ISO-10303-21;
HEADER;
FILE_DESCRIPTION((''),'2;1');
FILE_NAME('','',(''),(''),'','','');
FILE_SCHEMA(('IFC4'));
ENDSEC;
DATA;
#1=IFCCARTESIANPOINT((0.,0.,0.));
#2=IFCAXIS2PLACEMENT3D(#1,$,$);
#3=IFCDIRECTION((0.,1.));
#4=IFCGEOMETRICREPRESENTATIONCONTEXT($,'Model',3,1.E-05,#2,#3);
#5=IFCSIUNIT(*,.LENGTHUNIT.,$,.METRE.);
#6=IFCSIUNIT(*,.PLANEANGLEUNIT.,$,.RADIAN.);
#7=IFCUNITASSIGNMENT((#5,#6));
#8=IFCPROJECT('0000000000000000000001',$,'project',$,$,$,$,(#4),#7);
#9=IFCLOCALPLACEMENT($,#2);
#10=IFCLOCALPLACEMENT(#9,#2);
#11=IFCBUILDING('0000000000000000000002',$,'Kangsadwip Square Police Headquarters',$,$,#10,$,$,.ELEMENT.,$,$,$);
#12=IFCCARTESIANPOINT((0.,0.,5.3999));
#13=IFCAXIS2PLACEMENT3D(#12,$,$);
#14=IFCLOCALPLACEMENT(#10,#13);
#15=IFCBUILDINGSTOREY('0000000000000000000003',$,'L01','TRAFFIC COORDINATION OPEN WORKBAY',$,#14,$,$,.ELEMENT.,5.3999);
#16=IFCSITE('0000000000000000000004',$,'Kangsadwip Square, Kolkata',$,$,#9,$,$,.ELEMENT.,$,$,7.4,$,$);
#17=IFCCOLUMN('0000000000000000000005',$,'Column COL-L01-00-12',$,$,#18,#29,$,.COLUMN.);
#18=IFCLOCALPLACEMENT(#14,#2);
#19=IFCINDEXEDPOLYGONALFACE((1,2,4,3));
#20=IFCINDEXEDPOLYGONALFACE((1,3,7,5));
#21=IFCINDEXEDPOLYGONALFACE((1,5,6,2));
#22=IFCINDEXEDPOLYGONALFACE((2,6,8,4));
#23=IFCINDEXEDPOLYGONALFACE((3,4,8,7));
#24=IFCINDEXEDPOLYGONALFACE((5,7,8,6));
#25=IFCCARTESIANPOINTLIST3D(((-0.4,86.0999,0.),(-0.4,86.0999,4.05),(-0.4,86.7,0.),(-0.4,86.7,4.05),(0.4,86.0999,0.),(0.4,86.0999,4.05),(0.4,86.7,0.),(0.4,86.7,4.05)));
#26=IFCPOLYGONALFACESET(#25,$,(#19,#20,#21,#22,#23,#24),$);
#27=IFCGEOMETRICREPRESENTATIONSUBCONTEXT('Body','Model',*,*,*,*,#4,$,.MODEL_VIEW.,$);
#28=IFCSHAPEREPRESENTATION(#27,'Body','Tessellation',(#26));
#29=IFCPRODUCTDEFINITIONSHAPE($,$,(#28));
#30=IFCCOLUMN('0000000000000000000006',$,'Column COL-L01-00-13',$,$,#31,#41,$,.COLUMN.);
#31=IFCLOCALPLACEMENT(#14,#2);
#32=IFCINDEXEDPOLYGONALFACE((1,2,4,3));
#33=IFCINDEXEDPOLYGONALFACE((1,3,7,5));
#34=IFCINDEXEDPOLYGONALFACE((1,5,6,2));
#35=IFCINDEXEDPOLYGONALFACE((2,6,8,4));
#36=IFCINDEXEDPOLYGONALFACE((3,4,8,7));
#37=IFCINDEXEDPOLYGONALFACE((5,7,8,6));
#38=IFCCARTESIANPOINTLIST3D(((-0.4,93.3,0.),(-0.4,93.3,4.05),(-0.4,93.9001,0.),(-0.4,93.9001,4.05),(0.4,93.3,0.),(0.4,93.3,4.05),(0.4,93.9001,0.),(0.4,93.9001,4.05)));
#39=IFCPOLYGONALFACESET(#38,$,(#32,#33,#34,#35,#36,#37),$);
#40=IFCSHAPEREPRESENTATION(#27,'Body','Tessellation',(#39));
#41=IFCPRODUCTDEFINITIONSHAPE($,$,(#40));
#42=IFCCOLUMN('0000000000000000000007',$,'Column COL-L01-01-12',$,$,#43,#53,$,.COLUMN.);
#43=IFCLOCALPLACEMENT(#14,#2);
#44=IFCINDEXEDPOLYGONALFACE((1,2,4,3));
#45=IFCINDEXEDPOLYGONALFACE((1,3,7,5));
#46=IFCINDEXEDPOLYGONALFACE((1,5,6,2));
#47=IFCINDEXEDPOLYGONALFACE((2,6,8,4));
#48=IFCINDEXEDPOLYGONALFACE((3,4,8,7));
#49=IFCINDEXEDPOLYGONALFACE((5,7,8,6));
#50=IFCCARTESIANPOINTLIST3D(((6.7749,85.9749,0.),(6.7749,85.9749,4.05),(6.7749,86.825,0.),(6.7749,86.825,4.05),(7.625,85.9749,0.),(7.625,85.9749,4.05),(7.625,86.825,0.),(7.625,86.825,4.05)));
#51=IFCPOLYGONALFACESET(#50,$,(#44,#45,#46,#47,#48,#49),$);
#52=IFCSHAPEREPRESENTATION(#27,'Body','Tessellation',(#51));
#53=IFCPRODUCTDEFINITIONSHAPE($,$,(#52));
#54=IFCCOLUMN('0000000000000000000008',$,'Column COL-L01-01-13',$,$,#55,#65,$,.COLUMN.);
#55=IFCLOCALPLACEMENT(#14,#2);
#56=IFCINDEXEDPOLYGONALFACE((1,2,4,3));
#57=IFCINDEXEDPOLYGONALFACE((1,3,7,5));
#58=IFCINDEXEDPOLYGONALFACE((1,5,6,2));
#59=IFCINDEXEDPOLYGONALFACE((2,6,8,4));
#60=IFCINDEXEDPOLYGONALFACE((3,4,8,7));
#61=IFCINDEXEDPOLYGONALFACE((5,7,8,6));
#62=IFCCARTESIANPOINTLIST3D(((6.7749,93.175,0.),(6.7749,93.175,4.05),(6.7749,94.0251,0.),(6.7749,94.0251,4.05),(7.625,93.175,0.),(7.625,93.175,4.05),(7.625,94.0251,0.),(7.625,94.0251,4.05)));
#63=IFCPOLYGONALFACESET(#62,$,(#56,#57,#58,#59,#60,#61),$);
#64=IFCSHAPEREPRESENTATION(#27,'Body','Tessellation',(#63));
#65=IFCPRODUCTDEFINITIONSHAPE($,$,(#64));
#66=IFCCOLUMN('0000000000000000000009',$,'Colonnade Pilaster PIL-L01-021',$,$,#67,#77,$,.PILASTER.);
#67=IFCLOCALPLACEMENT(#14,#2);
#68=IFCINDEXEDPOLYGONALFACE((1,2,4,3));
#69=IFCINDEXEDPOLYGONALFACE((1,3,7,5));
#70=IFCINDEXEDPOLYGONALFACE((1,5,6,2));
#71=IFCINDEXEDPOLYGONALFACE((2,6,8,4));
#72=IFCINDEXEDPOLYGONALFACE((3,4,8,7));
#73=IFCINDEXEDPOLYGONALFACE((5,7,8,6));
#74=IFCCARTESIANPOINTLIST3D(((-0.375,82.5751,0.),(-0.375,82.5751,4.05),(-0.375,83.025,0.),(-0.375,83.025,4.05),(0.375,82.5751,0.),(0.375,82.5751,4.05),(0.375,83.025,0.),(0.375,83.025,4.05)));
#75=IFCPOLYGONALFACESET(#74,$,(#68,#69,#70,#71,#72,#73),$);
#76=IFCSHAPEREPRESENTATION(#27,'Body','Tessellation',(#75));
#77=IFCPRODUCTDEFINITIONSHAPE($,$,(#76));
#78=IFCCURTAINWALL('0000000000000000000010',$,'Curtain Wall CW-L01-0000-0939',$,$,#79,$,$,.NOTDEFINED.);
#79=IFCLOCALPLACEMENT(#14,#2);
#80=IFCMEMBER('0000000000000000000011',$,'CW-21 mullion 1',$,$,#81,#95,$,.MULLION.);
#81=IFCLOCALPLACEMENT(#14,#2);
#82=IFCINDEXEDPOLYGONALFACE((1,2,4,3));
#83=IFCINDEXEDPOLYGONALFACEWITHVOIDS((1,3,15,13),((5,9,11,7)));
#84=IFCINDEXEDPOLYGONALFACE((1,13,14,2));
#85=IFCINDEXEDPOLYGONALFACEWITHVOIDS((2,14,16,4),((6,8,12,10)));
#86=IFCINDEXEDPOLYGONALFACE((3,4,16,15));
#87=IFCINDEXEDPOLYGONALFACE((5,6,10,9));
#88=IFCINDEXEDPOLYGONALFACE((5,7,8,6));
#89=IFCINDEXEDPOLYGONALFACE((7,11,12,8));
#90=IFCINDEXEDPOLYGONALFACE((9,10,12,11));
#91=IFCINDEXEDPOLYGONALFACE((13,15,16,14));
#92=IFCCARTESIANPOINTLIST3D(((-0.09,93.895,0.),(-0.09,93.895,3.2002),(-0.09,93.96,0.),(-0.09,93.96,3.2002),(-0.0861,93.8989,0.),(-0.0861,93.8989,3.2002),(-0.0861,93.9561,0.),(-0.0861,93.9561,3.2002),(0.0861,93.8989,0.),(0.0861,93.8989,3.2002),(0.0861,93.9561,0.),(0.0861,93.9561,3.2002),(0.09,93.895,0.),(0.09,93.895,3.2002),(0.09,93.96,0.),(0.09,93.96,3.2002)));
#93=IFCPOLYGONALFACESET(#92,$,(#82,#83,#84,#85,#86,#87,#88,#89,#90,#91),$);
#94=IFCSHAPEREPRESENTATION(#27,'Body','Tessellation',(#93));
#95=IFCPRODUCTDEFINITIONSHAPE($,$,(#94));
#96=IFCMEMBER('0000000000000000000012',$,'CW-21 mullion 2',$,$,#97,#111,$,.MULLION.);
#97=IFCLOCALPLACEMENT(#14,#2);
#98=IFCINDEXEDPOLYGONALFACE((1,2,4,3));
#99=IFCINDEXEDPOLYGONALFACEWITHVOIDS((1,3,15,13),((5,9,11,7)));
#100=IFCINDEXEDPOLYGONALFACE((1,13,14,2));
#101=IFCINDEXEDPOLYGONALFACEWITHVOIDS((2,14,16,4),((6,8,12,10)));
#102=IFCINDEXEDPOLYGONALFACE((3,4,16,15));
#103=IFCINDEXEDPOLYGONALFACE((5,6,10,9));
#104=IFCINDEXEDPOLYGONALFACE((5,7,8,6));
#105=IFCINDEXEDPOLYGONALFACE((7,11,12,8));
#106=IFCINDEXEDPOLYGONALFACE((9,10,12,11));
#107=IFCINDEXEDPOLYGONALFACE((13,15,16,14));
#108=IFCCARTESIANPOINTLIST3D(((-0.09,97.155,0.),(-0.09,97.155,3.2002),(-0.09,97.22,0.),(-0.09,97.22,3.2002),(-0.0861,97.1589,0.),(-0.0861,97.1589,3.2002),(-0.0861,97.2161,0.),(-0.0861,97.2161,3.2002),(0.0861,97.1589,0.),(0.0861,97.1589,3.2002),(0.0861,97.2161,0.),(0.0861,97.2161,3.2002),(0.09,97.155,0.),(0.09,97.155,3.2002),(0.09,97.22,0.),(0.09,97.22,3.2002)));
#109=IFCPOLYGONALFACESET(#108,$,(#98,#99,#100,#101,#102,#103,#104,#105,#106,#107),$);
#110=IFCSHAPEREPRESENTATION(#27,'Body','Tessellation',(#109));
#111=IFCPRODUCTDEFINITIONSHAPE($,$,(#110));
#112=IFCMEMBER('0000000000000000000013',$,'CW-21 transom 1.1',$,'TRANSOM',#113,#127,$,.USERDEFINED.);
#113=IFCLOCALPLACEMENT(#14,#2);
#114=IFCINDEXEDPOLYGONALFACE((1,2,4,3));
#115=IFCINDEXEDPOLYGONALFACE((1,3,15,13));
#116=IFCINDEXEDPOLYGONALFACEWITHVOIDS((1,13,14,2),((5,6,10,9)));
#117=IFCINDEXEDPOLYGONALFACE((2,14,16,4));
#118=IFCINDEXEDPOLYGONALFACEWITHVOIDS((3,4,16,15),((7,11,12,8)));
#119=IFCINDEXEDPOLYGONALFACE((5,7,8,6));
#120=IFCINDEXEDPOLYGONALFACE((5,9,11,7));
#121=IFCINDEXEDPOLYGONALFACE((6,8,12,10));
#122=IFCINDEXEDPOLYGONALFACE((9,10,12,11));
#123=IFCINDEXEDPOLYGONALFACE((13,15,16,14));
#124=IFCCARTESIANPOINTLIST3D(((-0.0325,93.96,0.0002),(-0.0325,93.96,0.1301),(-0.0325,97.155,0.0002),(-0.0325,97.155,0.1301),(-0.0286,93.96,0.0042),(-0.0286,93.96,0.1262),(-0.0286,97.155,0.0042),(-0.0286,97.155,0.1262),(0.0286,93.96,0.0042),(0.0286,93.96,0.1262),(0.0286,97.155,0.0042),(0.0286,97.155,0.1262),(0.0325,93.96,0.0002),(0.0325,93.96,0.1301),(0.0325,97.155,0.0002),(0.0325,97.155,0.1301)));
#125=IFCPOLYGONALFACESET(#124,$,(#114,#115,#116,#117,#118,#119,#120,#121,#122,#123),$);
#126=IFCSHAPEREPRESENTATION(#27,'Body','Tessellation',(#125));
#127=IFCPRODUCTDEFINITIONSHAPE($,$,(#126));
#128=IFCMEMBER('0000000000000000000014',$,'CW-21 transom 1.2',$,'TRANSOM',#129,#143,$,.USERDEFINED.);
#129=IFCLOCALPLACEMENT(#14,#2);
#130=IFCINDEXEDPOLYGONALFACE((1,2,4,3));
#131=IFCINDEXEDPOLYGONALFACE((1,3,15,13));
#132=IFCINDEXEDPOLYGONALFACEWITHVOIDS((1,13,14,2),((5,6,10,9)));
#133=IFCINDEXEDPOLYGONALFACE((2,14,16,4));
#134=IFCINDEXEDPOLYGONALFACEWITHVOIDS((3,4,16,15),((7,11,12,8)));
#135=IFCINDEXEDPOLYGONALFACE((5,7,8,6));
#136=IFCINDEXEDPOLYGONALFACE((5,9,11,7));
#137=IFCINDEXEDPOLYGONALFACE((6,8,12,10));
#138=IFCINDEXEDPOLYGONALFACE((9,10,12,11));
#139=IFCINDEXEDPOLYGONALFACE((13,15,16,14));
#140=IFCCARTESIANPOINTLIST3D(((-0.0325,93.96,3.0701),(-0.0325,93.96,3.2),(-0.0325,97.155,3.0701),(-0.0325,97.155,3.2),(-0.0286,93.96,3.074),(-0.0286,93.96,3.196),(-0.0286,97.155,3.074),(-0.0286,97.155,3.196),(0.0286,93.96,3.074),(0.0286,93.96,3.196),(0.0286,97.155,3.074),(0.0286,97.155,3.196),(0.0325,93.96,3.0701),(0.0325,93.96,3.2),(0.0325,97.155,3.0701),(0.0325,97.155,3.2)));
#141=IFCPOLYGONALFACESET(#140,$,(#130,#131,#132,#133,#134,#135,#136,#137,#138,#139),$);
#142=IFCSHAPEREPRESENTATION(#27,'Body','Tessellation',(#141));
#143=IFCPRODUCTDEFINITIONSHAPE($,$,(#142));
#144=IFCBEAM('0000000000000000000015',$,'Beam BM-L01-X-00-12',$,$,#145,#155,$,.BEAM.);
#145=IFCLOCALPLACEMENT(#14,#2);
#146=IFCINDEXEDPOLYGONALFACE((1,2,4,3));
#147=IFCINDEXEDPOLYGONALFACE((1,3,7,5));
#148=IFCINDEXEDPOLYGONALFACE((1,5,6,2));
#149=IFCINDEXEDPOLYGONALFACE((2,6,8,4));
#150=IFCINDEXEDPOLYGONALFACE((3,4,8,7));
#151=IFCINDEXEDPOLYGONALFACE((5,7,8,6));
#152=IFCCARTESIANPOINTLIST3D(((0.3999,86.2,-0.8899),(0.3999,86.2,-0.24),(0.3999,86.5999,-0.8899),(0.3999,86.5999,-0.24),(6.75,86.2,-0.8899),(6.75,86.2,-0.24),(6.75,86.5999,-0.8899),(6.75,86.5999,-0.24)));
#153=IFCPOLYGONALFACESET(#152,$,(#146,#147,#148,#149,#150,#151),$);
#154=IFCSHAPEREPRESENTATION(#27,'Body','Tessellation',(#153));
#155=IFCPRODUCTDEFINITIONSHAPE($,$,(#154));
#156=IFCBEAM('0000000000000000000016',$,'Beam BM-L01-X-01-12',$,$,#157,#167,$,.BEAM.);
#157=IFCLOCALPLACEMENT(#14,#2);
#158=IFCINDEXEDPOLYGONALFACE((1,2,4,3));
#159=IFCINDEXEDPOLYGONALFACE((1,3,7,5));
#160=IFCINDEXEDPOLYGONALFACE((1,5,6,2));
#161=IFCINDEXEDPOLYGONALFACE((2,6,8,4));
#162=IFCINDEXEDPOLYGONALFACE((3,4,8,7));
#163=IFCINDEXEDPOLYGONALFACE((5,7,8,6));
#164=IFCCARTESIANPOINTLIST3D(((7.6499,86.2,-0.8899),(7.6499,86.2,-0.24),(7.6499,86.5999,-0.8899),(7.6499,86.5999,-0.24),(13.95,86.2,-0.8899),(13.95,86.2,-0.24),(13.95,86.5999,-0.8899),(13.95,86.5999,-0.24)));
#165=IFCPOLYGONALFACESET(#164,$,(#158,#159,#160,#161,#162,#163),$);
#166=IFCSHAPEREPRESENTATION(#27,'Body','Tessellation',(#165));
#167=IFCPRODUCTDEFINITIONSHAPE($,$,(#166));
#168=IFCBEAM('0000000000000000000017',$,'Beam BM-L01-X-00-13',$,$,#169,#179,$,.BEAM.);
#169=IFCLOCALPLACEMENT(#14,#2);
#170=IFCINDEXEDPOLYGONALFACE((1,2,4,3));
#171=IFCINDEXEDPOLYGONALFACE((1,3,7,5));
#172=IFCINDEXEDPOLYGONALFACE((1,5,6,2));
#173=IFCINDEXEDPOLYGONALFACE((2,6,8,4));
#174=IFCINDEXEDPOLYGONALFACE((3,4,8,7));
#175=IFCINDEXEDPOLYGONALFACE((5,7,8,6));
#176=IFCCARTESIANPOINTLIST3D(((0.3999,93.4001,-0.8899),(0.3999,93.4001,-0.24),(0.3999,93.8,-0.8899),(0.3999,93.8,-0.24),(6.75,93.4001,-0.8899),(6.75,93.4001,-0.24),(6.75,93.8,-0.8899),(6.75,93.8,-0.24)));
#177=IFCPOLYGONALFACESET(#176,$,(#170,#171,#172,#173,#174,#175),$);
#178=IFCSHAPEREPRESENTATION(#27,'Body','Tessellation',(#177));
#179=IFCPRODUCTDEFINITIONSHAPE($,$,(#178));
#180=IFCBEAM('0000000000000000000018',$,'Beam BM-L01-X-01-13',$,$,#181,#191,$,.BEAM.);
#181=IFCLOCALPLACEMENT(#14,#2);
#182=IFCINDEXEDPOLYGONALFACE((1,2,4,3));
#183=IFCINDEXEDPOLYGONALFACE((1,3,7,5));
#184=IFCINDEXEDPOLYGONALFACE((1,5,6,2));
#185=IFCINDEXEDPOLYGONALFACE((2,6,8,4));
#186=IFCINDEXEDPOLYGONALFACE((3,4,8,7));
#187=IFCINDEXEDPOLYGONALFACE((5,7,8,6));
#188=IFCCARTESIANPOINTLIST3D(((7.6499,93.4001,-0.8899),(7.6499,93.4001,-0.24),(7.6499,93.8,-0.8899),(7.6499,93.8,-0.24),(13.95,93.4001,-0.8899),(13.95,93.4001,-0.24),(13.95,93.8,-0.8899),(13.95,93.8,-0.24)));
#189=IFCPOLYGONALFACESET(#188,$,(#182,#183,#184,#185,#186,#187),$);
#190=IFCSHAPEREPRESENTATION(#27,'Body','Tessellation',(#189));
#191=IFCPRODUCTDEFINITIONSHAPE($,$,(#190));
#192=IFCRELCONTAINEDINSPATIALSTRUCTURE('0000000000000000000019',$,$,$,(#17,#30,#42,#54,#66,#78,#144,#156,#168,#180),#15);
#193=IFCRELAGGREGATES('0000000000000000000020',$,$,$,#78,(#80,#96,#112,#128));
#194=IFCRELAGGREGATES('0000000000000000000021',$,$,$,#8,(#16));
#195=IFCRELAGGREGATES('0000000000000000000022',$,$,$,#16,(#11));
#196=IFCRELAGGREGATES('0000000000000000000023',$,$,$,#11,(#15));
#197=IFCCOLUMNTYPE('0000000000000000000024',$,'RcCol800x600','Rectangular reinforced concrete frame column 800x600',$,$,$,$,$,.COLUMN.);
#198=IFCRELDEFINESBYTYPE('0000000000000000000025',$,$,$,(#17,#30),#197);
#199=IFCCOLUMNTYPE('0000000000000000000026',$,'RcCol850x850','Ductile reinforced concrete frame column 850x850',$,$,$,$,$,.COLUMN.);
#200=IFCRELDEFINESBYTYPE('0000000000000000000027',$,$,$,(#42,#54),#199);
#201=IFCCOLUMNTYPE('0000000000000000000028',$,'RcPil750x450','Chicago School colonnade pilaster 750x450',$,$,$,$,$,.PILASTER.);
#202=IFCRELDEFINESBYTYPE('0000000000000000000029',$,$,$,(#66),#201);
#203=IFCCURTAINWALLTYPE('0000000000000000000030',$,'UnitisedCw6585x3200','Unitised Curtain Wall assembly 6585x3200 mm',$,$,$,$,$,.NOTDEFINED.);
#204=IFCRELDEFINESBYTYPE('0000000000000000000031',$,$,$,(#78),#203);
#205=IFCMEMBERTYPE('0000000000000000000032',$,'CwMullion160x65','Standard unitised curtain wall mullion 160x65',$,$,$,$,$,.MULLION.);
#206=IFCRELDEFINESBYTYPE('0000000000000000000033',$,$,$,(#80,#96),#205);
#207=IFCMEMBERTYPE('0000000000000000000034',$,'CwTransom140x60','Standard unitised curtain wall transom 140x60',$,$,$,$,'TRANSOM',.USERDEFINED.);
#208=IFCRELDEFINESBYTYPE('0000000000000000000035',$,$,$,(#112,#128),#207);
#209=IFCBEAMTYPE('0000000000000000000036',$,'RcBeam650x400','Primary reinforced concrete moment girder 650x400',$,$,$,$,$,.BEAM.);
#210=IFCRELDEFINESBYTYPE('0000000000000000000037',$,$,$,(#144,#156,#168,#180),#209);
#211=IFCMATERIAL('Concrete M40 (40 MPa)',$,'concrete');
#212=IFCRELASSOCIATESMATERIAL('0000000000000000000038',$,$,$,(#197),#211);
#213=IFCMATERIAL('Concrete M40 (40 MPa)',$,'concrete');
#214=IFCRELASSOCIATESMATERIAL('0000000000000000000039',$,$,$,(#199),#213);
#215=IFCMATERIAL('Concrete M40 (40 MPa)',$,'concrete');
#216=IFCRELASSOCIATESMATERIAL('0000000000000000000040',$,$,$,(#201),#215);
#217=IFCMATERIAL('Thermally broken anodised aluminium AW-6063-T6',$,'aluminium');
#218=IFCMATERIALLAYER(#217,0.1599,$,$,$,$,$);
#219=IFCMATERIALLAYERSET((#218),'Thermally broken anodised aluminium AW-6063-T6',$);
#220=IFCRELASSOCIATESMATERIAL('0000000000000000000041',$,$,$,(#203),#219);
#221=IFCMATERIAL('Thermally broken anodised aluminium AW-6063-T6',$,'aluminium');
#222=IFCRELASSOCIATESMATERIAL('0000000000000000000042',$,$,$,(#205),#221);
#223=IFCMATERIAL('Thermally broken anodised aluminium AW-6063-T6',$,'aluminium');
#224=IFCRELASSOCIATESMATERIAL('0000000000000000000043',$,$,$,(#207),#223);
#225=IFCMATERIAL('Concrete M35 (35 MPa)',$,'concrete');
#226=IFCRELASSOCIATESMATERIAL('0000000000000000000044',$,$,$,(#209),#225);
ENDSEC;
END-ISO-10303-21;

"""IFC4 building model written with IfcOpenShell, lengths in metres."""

from ifc_helpers import new_model, si_unit, direction, frame, origin, origin_2d, place, context, subcontext, project, spatial, rectangle, hollow_rectangle, extrude, material, layer, layer_set, material_profile, profile_set, type_object, element, aggregate, save


model = new_model("IFC4")

# Units and contexts
model_context = context("Model", 3, precision=1e-05, world=origin(), true_north=direction((0.0, 1.0)))
body_context = subcontext(model_context, "Body", "Model", "MODEL_VIEW")
ifc_project = project(units=[si_unit("LENGTHUNIT", "METRE"), si_unit("PLANEANGLEUNIT", "RADIAN")], contexts=[model_context])

# Site, building, storey
site_placement = place(None, origin())
site = spatial("IfcSite", under=ifc_project, at=site_placement, Name="Kangsadwip Square, Kolkata", CompositionType="ELEMENT", RefElevation=7.4)
building_placement = place(site_placement, origin())
building = spatial("IfcBuilding", under=site, at=building_placement, Name="Kangsadwip Square Police Headquarters", CompositionType="ELEMENT")
storey_placement = place(building_placement, frame((0.0, 0.0, 5.3999)))
storey = spatial("IfcBuildingStorey", under=building, at=storey_placement, Name="L01", Description="TRAFFIC COORDINATION OPEN WORKBAY", CompositionType="ELEMENT", Elevation=5.3999)

# Columns
ifc_material_1 = material(Name="Concrete M40 (40 MPa)", Category="concrete")
ifc_material_profile_1 = material_profile(ifc_material_1, rectangle(XDim=0.6001, YDim=0.8, at=origin_2d()), Name="RC COL 800X600")
ifc_profile_set_1 = profile_set([ifc_material_profile_1], Name="Concrete M40 (40 MPa)")
column_type_1 = type_object("IfcColumnType", Name="RcCol800x600", Description="Rectangular reinforced concrete frame column 800x600", PredefinedType="COLUMN", material=ifc_profile_set_1)
for number, where, z_axis, x_axis, name in (
    (1, (0.0, 86.3999, 0.0), (0.0, 0.0, 1.0), (0.0, 1.0, 0.0), "Column COL-L01-00-12"),
    (2, (0.0, 93.6001, 0.0), (0.0, 0.0, 1.0), (0.0, 1.0, 0.0), "Column COL-L01-00-13"),
):
    element("IfcColumn", number, at=place(storey_placement, frame(where, z_axis=z_axis, x_axis=x_axis)), inside=storey, type_object=column_type_1, Name=name, PredefinedType="COLUMN", context=body_context, shape_type="SweptSolid", body=[
        extrude(rectangle(XDim=0.6001, YDim=0.8, at=origin_2d()), origin(), (0.0, 0.0, 1.0), 4.05),
    ])
ifc_material_2 = material(Name="Concrete M40 (40 MPa)", Category="concrete")
ifc_material_profile_2 = material_profile(ifc_material_2, rectangle(XDim=0.8501, YDim=0.8501, at=origin_2d()), Name="RC COL 850X850")
ifc_profile_set_2 = profile_set([ifc_material_profile_2], Name="Concrete M40 (40 MPa)")
column_type_2 = type_object("IfcColumnType", Name="RcCol850x850", Description="Ductile reinforced concrete frame column 850x850", PredefinedType="COLUMN", material=ifc_profile_set_2)
for number, where, z_axis, x_axis, name in (
    (3, (7.2, 86.3999, 0.0), (0.0, 0.0, 1.0), (1.0, 0.0, 0.0), "Column COL-L01-01-12"),
    (4, (7.2, 93.6001, 0.0), (0.0, 0.0, 1.0), (1.0, 0.0, 0.0), "Column COL-L01-01-13"),
):
    element("IfcColumn", number, at=place(storey_placement, frame(where, z_axis=z_axis, x_axis=x_axis)), inside=storey, type_object=column_type_2, Name=name, PredefinedType="COLUMN", context=body_context, shape_type="SweptSolid", body=[
        extrude(rectangle(XDim=0.8501, YDim=0.8501, at=origin_2d()), origin(), (0.0, 0.0, 1.0), 4.05),
    ])
ifc_material_3 = material(Name="Concrete M40 (40 MPa)", Category="concrete")
ifc_material_profile_3 = material_profile(ifc_material_3, rectangle(XDim=0.45, YDim=0.75, at=origin_2d()), Name="RC PIL 750X450")
ifc_profile_set_3 = profile_set([ifc_material_profile_3], Name="Concrete M40 (40 MPa)")
column_type_3 = type_object("IfcColumnType", Name="RcPil750x450", Description="Chicago School colonnade pilaster 750x450", PredefinedType="PILASTER", material=ifc_profile_set_3)
column_placement = place(storey_placement, frame((0.0, 82.8, 0.0), z_axis=(0.0, 0.0, 1.0), x_axis=(0.0, 1.0, 0.0)))
element("IfcColumn", 5, at=column_placement, inside=storey, type_object=column_type_3, Name="Colonnade Pilaster PIL-L01-021", PredefinedType="PILASTER", context=body_context, shape_type="SweptSolid", body=[
    extrude(rectangle(XDim=0.45, YDim=0.75, at=origin_2d()), origin(), (0.0, 0.0, 1.0), 4.05),
])

# Curtain wall, members
ifc_material_4 = material(Name="Thermally broken anodised aluminium AW-6063-T6", Category="aluminium")
ifc_layer_1 = layer(ifc_material_4, 0.1599)
ifc_layer_set_1 = layer_set([ifc_layer_1], Name="Thermally broken anodised aluminium AW-6063-T6")
curtain_wall_type = type_object("IfcCurtainWallType", Name="UnitisedCw6585x3200", Description="Unitised Curtain Wall assembly 6585x3200 mm", PredefinedType="NOTDEFINED", material=ifc_layer_set_1)
curtain_wall_placement = place(storey_placement, origin())
curtain_wall = element("IfcCurtainWall", 6, at=curtain_wall_placement, inside=storey, type_object=curtain_wall_type, Name="Curtain Wall CW-L01-0000-0939", PredefinedType="NOTDEFINED")
ifc_material_5 = material(Name="Thermally broken anodised aluminium AW-6063-T6", Category="aluminium")
ifc_material_profile_4 = material_profile(ifc_material_5, hollow_rectangle(XDim=0.0649, YDim=0.1799, WallThickness=0.0039, at=origin_2d()), Name="CWM 180X65X4")
ifc_profile_set_4 = profile_set([ifc_material_profile_4], Name="Thermally broken anodised aluminium AW-6063-T6")
member_type_1 = type_object("IfcMemberType", Name="CwMullion160x65", Description="Standard unitised curtain wall mullion 160x65", PredefinedType="MULLION", material=ifc_profile_set_4)
member_1_placement = place(storey_placement, frame((0.0, 93.9275, 0.0), z_axis=(0.0, 0.0, 1.0), x_axis=(0.0, 1.0, 0.0)))
member_1 = element("IfcMember", 7, at=member_1_placement, type_object=member_type_1, Name="CW-21 mullion 1", PredefinedType="MULLION", context=body_context, shape_type="SweptSolid", body=[
    extrude(hollow_rectangle(XDim=0.0649, YDim=0.1799, WallThickness=0.0039, at=origin_2d()), origin(), (0.0, 0.0, 1.0), 3.2002),
])
member_2_placement = place(storey_placement, frame((0.0, 97.1875, 0.0), z_axis=(0.0, 0.0, 1.0), x_axis=(0.0, 1.0, 0.0)))
member_2 = element("IfcMember", 8, at=member_2_placement, type_object=member_type_1, Name="CW-21 mullion 2", PredefinedType="MULLION", context=body_context, shape_type="SweptSolid", body=[
    extrude(hollow_rectangle(XDim=0.0649, YDim=0.1799, WallThickness=0.0039, at=origin_2d()), origin(), (0.0, 0.0, 1.0), 3.2002),
])
ifc_material_6 = material(Name="Thermally broken anodised aluminium AW-6063-T6", Category="aluminium")
ifc_material_profile_5 = material_profile(ifc_material_6, hollow_rectangle(XDim=0.0649, YDim=0.1299, WallThickness=0.0039, at=origin_2d()), Name="CWT 130X65X4")
ifc_profile_set_5 = profile_set([ifc_material_profile_5], Name="Thermally broken anodised aluminium AW-6063-T6")
member_type_2 = type_object("IfcMemberType", Name="CwTransom140x60", Description="Standard unitised curtain wall transom 140x60", ElementType="TRANSOM", PredefinedType="USERDEFINED", material=ifc_profile_set_5)
member_3_placement = place(storey_placement, frame((0.0, 93.96, 0.0652), z_axis=(0.0, 1.0, 0.0), x_axis=(-1.0, 0.0, 0.0)))
member_3 = element("IfcMember", 9, at=member_3_placement, type_object=member_type_2, Name="CW-21 transom 1.1", ObjectType="TRANSOM", PredefinedType="USERDEFINED", context=body_context, shape_type="SweptSolid", body=[
    extrude(hollow_rectangle(XDim=0.0649, YDim=0.1299, WallThickness=0.0039, at=origin_2d()), origin(), (0.0, 0.0, 1.0), 3.1951),
])
member_4_placement = place(storey_placement, frame((0.0, 93.96, 3.135), z_axis=(0.0, 1.0, 0.0), x_axis=(-1.0, 0.0, 0.0)))
member_4 = element("IfcMember", 10, at=member_4_placement, type_object=member_type_2, Name="CW-21 transom 1.2", ObjectType="TRANSOM", PredefinedType="USERDEFINED", context=body_context, shape_type="SweptSolid", body=[
    extrude(hollow_rectangle(XDim=0.0649, YDim=0.1299, WallThickness=0.0039, at=origin_2d()), origin(), (0.0, 0.0, 1.0), 3.1951),
])

# Beams
ifc_material_7 = material(Name="Concrete M35 (35 MPa)", Category="concrete")
ifc_material_profile_6 = material_profile(ifc_material_7, rectangle(XDim=0.3999, YDim=0.6499, at=origin_2d()), Name="RC BM 650X400")
ifc_profile_set_6 = profile_set([ifc_material_profile_6], Name="Concrete M35 (35 MPa)")
beam_type_1 = type_object("IfcBeamType", Name="RcBeam650x400", Description="Primary reinforced concrete moment girder 650x400", PredefinedType="BEAM", material=ifc_profile_set_6)
beam_1_placement = place(storey_placement, frame((0.3999, 86.3999, -0.5649), z_axis=(1.0, 0.0, 0.0), x_axis=(0.0, 1.0, 0.0)))
element("IfcBeam", 11, at=beam_1_placement, inside=storey, type_object=beam_type_1, Name="Beam BM-L01-X-00-12", PredefinedType="BEAM", context=body_context, shape_type="SweptSolid", body=[
    extrude(rectangle(XDim=0.3999, YDim=0.6499, at=origin_2d()), origin(), (0.0, 0.0, 1.0), 6.3501),
])
beam_2_placement = place(storey_placement, frame((7.6499, 86.3999, -0.5649), z_axis=(1.0, 0.0, 0.0), x_axis=(0.0, 1.0, 0.0)))
element("IfcBeam", 12, at=beam_2_placement, inside=storey, type_object=beam_type_1, Name="Beam BM-L01-X-01-12", PredefinedType="BEAM", context=body_context, shape_type="SweptSolid", body=[
    extrude(rectangle(XDim=0.3999, YDim=0.6499, at=origin_2d()), origin(), (0.0, 0.0, 1.0), 6.3),
])
beam_3_placement = place(storey_placement, frame((0.3999, 93.6001, -0.5649), z_axis=(1.0, 0.0, 0.0), x_axis=(0.0, 1.0, 0.0)))
element("IfcBeam", 13, at=beam_3_placement, inside=storey, type_object=beam_type_1, Name="Beam BM-L01-X-00-13", PredefinedType="BEAM", context=body_context, shape_type="SweptSolid", body=[
    extrude(rectangle(XDim=0.3999, YDim=0.6499, at=origin_2d()), origin(), (0.0, 0.0, 1.0), 6.3501),
])
beam_4_placement = place(storey_placement, frame((7.6499, 93.6001, -0.5649), z_axis=(1.0, 0.0, 0.0), x_axis=(0.0, 1.0, 0.0)))
element("IfcBeam", 14, at=beam_4_placement, inside=storey, type_object=beam_type_1, Name="Beam BM-L01-X-01-13", PredefinedType="BEAM", context=body_context, shape_type="SweptSolid", body=[
    extrude(rectangle(XDim=0.3999, YDim=0.6499, at=origin_2d()), origin(), (0.0, 0.0, 1.0), 6.3),
])

aggregate(curtain_wall, [member_1, member_2, member_3, member_4])

save(model, "model.ifc")
